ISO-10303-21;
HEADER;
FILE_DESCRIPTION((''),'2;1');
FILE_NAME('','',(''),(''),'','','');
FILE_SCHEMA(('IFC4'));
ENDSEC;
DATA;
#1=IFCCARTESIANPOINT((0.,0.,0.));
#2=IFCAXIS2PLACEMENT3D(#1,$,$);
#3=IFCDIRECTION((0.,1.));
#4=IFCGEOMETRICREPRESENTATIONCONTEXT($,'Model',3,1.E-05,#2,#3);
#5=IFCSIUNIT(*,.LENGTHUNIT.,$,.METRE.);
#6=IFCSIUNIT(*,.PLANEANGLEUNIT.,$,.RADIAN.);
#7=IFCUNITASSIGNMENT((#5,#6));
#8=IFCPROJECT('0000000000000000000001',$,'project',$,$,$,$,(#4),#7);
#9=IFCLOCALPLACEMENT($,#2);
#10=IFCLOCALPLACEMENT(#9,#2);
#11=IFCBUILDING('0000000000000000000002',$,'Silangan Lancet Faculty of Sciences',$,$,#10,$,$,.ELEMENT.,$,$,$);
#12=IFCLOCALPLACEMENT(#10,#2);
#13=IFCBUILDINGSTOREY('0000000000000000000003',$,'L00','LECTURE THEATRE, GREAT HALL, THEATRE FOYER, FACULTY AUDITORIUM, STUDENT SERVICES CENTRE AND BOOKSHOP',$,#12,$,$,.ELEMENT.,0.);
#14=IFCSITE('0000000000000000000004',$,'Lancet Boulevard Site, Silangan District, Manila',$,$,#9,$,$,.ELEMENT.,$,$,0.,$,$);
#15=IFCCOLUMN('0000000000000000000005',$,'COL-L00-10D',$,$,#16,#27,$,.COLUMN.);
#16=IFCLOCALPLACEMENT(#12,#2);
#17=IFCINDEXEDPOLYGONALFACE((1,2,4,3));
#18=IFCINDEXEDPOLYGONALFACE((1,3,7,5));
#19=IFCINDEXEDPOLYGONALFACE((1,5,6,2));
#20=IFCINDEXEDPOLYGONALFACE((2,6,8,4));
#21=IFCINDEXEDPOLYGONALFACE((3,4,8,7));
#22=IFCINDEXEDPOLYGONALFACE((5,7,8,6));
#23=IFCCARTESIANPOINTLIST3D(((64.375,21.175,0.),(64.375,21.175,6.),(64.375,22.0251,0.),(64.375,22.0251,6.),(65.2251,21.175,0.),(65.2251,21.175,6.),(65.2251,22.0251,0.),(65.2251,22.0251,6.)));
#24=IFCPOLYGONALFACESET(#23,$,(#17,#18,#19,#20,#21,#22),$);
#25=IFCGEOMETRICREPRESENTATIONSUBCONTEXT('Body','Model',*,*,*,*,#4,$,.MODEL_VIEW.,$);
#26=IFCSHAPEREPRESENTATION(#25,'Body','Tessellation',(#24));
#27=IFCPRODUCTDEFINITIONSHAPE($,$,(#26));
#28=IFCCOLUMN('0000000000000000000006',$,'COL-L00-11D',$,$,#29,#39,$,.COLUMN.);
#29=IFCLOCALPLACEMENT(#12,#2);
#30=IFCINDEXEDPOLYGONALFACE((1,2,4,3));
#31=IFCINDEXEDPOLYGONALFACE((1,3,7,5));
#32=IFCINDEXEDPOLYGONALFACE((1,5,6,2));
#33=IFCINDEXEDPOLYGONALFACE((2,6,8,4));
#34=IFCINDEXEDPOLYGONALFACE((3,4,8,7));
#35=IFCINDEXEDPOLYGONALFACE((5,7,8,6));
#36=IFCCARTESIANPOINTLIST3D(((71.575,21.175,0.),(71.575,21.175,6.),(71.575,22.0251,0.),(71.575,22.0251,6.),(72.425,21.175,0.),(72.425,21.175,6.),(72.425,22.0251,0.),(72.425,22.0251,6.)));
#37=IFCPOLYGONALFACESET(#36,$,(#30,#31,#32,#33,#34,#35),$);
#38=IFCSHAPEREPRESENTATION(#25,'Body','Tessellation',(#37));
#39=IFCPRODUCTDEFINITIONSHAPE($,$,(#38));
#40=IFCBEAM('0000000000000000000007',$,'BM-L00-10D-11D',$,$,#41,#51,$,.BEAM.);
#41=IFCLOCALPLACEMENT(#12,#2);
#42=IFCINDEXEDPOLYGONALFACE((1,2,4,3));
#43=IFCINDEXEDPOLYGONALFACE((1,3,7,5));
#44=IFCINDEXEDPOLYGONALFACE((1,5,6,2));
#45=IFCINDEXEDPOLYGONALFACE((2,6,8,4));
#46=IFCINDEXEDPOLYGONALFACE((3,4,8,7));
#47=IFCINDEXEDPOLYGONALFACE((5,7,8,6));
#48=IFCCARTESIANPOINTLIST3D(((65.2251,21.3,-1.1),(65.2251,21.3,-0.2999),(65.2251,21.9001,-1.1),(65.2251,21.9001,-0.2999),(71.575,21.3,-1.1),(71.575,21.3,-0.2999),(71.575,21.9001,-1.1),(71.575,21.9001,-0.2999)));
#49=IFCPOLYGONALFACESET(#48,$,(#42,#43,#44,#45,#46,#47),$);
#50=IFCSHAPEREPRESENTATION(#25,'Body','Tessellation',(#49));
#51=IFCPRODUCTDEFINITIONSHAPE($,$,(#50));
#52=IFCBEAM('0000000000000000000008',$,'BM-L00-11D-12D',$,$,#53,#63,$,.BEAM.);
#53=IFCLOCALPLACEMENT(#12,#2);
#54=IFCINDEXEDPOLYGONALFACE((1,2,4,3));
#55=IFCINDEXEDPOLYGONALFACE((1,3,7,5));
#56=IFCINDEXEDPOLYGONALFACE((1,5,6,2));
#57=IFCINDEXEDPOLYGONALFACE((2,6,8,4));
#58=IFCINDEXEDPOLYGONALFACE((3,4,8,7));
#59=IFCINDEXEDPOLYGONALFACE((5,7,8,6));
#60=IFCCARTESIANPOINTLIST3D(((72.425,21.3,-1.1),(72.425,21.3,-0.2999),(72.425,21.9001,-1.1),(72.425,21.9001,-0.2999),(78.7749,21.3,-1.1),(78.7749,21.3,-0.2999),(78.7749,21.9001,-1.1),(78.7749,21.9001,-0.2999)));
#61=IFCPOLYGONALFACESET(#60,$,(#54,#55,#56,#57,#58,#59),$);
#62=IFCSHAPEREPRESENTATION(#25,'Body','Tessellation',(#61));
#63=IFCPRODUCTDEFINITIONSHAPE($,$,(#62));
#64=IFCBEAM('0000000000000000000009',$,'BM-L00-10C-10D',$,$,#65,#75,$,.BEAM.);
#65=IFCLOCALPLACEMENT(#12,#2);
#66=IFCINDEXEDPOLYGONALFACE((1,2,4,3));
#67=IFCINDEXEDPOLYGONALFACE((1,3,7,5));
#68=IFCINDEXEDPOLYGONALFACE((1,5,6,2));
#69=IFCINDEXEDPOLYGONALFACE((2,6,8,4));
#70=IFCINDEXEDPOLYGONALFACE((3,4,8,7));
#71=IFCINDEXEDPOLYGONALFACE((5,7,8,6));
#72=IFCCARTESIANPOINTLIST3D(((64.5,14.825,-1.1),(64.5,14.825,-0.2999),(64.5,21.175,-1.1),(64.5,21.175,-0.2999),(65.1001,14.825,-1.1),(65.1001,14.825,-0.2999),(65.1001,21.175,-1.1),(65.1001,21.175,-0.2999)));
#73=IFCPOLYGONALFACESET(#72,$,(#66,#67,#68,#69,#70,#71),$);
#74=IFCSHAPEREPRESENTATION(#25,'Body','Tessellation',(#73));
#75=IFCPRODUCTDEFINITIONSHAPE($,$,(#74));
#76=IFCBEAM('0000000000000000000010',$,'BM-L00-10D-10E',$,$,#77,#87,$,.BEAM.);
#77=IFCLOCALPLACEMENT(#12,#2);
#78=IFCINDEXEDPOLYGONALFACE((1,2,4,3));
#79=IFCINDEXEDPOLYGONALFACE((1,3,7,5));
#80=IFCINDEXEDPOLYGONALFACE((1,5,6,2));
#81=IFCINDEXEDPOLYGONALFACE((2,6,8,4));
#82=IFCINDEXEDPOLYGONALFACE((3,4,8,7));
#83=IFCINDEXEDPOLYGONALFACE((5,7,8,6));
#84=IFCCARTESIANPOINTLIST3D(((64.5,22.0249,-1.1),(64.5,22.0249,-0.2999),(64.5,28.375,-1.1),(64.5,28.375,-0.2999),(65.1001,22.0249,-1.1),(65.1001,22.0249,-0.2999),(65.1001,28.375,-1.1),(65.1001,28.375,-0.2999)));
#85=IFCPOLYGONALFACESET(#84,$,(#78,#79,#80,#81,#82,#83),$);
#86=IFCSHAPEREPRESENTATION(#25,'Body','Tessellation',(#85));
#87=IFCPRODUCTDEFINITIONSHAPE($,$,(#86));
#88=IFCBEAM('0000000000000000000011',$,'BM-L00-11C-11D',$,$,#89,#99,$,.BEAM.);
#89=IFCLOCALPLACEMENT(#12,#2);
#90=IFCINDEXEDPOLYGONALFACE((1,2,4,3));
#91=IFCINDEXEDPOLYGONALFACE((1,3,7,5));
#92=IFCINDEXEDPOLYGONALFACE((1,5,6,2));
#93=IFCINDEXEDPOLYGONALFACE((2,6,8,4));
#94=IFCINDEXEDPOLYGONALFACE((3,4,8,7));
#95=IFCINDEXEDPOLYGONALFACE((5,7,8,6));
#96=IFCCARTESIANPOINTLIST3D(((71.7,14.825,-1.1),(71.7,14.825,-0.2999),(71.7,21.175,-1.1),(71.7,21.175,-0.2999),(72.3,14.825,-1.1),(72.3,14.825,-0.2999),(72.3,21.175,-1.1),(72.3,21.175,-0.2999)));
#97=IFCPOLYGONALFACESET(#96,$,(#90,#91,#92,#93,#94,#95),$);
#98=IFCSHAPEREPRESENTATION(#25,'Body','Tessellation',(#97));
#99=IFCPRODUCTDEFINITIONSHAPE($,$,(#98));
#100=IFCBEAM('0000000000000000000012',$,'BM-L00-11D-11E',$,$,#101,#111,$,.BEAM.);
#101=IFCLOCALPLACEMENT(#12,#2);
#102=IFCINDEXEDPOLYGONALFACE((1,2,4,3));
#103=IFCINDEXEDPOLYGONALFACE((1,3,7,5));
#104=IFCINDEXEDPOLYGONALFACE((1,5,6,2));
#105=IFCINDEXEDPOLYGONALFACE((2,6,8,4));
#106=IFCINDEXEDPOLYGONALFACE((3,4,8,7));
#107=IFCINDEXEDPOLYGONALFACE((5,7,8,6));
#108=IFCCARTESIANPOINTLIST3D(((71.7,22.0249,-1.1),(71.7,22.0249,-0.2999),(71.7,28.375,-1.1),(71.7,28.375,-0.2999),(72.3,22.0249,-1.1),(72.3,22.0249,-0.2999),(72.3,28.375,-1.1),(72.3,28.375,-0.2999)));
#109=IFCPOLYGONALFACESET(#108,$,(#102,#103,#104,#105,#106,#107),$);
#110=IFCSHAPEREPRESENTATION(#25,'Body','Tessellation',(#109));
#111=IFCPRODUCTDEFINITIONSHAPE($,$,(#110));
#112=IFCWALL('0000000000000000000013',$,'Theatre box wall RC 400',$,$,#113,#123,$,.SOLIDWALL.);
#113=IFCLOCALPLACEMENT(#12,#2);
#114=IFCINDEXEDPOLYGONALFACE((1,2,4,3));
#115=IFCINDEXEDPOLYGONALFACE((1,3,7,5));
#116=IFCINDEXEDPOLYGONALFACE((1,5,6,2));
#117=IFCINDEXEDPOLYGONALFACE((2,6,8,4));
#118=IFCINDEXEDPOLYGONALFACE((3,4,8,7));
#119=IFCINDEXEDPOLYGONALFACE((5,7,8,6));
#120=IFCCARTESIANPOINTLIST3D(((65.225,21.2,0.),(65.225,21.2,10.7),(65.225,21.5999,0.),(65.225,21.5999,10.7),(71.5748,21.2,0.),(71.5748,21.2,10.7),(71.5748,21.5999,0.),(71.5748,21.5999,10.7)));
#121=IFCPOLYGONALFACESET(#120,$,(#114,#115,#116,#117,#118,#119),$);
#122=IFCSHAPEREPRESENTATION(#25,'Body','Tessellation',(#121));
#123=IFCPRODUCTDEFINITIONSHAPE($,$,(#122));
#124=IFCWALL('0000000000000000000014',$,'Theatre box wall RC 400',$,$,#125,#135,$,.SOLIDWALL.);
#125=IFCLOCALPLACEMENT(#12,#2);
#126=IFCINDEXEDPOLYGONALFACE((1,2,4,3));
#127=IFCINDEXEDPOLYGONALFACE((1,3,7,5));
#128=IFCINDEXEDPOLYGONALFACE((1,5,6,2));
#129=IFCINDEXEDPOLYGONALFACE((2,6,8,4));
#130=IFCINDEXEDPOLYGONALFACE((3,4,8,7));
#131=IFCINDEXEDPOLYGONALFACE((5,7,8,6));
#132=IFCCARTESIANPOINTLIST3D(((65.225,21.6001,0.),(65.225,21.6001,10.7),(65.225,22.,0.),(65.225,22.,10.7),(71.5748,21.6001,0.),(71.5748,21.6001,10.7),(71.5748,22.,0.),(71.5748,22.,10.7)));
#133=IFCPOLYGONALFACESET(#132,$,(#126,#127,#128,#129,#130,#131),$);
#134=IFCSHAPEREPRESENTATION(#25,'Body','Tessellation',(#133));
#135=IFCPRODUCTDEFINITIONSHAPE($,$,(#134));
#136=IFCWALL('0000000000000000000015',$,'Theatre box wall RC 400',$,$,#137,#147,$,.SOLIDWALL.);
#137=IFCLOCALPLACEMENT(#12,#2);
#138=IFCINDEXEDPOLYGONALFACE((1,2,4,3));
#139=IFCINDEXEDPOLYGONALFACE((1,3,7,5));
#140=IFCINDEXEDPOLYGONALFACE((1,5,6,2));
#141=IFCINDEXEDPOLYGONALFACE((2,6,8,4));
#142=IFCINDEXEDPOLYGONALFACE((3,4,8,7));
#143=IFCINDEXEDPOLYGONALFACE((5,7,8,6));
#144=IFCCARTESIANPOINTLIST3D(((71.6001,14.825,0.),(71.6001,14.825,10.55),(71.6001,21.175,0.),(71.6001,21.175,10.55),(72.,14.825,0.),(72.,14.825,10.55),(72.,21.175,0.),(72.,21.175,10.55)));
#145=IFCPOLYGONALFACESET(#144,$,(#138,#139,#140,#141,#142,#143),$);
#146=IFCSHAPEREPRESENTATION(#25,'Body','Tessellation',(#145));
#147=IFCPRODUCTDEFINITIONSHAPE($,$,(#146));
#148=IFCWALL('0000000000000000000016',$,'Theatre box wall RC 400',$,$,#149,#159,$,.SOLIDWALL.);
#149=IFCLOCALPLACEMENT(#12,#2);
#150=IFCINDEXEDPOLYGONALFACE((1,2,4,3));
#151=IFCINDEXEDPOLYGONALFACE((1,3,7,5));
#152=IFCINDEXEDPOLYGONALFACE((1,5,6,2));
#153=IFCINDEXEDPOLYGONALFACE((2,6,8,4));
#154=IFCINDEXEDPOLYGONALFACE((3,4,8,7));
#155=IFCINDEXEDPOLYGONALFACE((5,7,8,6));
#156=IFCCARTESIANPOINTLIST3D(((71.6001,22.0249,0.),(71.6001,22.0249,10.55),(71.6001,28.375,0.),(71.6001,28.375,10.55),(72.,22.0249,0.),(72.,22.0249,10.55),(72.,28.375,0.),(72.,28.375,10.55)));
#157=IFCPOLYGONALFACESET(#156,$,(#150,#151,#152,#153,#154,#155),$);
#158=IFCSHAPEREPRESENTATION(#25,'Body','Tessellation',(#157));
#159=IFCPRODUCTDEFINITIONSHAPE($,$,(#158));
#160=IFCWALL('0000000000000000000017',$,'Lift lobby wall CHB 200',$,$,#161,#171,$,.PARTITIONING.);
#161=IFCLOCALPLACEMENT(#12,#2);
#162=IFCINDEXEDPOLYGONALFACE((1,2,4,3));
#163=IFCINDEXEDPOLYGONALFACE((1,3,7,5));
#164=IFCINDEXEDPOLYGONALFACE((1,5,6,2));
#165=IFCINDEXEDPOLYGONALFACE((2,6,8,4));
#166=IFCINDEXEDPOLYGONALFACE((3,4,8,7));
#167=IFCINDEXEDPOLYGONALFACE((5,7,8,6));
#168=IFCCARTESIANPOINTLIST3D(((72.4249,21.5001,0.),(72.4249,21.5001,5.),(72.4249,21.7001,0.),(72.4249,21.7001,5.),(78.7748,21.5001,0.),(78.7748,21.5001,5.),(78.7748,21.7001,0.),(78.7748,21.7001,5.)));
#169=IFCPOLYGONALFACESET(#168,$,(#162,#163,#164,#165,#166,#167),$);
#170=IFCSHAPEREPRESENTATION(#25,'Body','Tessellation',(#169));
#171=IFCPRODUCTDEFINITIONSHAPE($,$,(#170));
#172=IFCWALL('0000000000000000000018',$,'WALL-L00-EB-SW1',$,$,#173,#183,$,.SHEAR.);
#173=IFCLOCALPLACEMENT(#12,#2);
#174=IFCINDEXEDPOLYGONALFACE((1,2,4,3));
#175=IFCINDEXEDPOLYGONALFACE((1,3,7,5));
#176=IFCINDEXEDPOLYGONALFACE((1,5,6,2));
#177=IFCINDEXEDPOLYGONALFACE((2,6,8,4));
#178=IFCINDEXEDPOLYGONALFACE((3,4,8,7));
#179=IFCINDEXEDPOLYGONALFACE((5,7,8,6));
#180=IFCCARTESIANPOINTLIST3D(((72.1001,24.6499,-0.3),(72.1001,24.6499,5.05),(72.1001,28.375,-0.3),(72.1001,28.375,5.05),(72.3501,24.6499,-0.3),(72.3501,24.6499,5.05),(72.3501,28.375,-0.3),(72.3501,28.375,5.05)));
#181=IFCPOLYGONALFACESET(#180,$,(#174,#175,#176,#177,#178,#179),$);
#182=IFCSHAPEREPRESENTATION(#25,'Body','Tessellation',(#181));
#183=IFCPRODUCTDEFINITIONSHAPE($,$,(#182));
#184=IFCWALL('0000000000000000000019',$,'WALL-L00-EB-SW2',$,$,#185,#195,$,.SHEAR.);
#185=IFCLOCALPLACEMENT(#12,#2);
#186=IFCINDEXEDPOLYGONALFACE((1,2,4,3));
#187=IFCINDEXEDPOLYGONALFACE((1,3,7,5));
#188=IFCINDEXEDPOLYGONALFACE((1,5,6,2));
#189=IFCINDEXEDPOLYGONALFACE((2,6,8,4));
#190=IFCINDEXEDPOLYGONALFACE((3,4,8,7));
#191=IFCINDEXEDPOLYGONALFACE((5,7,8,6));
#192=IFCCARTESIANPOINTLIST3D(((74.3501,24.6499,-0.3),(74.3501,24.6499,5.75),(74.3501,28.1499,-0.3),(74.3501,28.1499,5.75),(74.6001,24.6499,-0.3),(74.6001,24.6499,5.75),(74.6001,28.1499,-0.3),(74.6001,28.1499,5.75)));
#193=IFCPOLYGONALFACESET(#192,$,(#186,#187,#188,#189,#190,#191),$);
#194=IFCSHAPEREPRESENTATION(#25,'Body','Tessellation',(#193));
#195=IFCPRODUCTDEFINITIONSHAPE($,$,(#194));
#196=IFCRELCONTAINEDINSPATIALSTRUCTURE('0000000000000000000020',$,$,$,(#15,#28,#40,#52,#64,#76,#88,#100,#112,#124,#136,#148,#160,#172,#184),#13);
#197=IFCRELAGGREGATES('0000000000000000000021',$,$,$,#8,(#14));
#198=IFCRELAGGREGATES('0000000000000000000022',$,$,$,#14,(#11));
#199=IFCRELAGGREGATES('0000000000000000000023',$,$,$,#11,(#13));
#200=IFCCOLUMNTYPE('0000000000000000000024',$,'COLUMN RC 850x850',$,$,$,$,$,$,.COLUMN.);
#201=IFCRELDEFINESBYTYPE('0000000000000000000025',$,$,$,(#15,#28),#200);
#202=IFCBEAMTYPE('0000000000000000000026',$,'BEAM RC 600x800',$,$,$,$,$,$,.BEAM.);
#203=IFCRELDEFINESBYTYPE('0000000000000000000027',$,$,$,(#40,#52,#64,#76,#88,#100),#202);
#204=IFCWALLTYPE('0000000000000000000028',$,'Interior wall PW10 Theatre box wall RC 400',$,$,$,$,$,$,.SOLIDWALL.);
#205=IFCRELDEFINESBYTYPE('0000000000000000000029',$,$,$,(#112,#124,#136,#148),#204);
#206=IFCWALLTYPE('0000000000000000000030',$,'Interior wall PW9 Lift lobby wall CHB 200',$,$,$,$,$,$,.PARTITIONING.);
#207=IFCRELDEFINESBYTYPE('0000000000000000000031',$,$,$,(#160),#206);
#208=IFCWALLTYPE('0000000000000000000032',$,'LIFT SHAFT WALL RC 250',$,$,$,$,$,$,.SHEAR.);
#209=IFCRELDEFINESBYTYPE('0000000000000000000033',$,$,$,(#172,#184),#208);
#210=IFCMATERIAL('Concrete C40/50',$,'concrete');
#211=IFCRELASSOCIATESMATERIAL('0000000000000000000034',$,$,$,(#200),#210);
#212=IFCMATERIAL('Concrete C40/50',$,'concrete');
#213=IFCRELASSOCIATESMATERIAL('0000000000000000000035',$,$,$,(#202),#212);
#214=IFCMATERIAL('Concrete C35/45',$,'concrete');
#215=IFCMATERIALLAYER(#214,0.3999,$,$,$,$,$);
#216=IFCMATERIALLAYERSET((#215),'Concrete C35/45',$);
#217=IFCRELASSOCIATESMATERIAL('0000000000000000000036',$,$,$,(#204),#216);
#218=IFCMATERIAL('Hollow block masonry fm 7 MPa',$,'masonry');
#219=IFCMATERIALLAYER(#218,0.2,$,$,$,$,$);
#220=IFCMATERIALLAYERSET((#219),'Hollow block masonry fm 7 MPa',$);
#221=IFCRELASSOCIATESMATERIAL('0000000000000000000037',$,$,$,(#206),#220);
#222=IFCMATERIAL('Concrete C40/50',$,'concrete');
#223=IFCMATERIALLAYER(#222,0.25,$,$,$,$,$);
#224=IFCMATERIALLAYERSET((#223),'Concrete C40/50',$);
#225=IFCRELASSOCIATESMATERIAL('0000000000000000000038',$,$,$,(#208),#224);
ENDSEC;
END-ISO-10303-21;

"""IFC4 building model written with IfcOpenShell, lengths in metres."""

from ifc_helpers import new_model, si_unit, direction, frame, frame_2d, origin, origin_2d, place, context, subcontext, project, spatial, rectangle, extrude, material, layer, layer_set, material_profile, profile_set, type_object, element, save


model = new_model("IFC4")

# Units and contexts
model_context = context("Model", 3, precision=1e-05, world=origin(), true_north=direction((0.0, 1.0)))
body_context = subcontext(model_context, "Body", "Model", "MODEL_VIEW")
ifc_project = project(units=[si_unit("LENGTHUNIT", "METRE"), si_unit("PLANEANGLEUNIT", "RADIAN")], contexts=[model_context])

# Site, building, storey
site_placement = place(None, origin())
site = spatial("IfcSite", under=ifc_project, at=site_placement, Name="Lancet Boulevard Site, Silangan District, Manila", CompositionType="ELEMENT", RefElevation=0.0)
building_placement = place(site_placement, origin())
building = spatial("IfcBuilding", under=site, at=building_placement, Name="Silangan Lancet Faculty of Sciences", CompositionType="ELEMENT")
storey_placement = place(building_placement, origin())
storey = spatial("IfcBuildingStorey", under=building, at=storey_placement, Name="L00", Description="LECTURE THEATRE, GREAT HALL, THEATRE FOYER, FACULTY AUDITORIUM, STUDENT SERVICES CENTRE AND BOOKSHOP", CompositionType="ELEMENT", Elevation=0.0)

# Columns
ifc_material_1 = material(Name="Concrete C40/50", Category="concrete")
ifc_material_profile_1 = material_profile(ifc_material_1, rectangle(XDim=0.8501, YDim=0.8501, at=origin_2d()), Name="RC 850x850")
ifc_profile_set_1 = profile_set([ifc_material_profile_1], Name="Concrete C40/50")
column_type = type_object("IfcColumnType", Name="COLUMN RC 850x850", PredefinedType="COLUMN", material=ifc_profile_set_1)
for number, where, z_axis, x_axis, name in (
    (1, (64.8, 21.6001, 0.0), (0.0, 0.0, 1.0), (1.0, 0.0, 0.0), "COL-L00-10D"),
    (2, (72.0, 21.6001, 0.0), (0.0, 0.0, 1.0), (1.0, 0.0, 0.0), "COL-L00-11D"),
):
    element("IfcColumn", number, at=place(storey_placement, frame(where, z_axis=z_axis, x_axis=x_axis)), inside=storey, type_object=column_type, Name=name, PredefinedType="COLUMN", context=body_context, shape_type="SweptSolid", body=[
        extrude(rectangle(XDim=0.8501, YDim=0.8501, at=origin_2d()), origin(), (0.0, 0.0, 1.0), 6.0),
    ])

# Beams
ifc_material_2 = material(Name="Concrete C40/50", Category="concrete")
ifc_material_profile_2 = material_profile(ifc_material_2, rectangle(XDim=0.6001, YDim=0.8, at=origin_2d()), Name="RC 600x800")
ifc_profile_set_2 = profile_set([ifc_material_profile_2], Name="Concrete C40/50")
beam_type = type_object("IfcBeamType", Name="BEAM RC 600x800", PredefinedType="BEAM", material=ifc_profile_set_2)
for number, where, z_axis, x_axis, name in (
    (3, (65.2251, 21.6001, -0.7), (1.0, 0.0, 0.0), (0.0, 1.0, 0.0), "BM-L00-10D-11D"),
    (4, (72.425, 21.6001, -0.7), (1.0, 0.0, 0.0), (0.0, 1.0, 0.0), "BM-L00-11D-12D"),
):
    element("IfcBeam", number, at=place(storey_placement, frame(where, z_axis=z_axis, x_axis=x_axis)), inside=storey, type_object=beam_type, Name=name, PredefinedType="BEAM", context=body_context, shape_type="SweptSolid", body=[
        extrude(rectangle(XDim=0.6001, YDim=0.8, at=origin_2d()), origin(), (0.0, 0.0, 1.0), 6.3499),
    ])
for number, where, z_axis, x_axis, name in (
    (5, (64.8, 14.825, -0.7), (0.0, 1.0, 0.0), (-1.0, 0.0, 0.0), "BM-L00-10C-10D"),
    (6, (64.8, 22.0249, -0.7), (0.0, 1.0, 0.0), (-1.0, 0.0, 0.0), "BM-L00-10D-10E"),
    (7, (72.0, 14.825, -0.7), (0.0, 1.0, 0.0), (-1.0, 0.0, 0.0), "BM-L00-11C-11D"),
    (8, (72.0, 22.0249, -0.7), (0.0, 1.0, 0.0), (-1.0, 0.0, 0.0), "BM-L00-11D-11E"),
):
    element("IfcBeam", number, at=place(storey_placement, frame(where, z_axis=z_axis, x_axis=x_axis)), inside=storey, type_object=beam_type, Name=name, PredefinedType="BEAM", context=body_context, shape_type="SweptSolid", body=[
        extrude(rectangle(XDim=0.6001, YDim=0.8, at=origin_2d()), origin(), (0.0, 0.0, 1.0), 6.3501),
    ])

# Walls
ifc_material_3 = material(Name="Concrete C35/45", Category="concrete")
ifc_layer_1 = layer(ifc_material_3, 0.3999)
ifc_layer_set_1 = layer_set([ifc_layer_1], Name="Concrete C35/45")
wall_type_1 = type_object("IfcWallType", Name="Interior wall PW10 Theatre box wall RC 400", PredefinedType="SOLIDWALL", material=ifc_layer_set_1)
for number, where, z_axis, x_axis, name in (
    (9, (65.2251, 21.3999, 0.0), (0.0, 0.0, 1.0), (1.0, 0.0, 0.0), "Theatre box wall RC 400"),
    (10, (65.2251, 21.8, 0.0), (0.0, 0.0, 1.0), (1.0, 0.0, 0.0), "Theatre box wall RC 400"),
):
    element("IfcWall", number, at=place(storey_placement, frame(where, z_axis=z_axis, x_axis=x_axis)), inside=storey, type_object=wall_type_1, Name=name, PredefinedType="SOLIDWALL", context=body_context, shape_type="SweptSolid", body=[
        extrude(rectangle(XDim=6.3499, YDim=0.3999, at=frame_2d((3.1748, 0.0))), origin(), (0.0, 0.0, 1.0), 10.7),
    ])
for number, where, z_axis, x_axis, name in (
    (11, (71.8, 14.825, 0.0), (0.0, 0.0, 1.0), (0.0, 1.0, 0.0), "Theatre box wall RC 400"),
    (12, (71.8, 22.0249, 0.0), (0.0, 0.0, 1.0), (0.0, 1.0, 0.0), "Theatre box wall RC 400"),
):
    element("IfcWall", number, at=place(storey_placement, frame(where, z_axis=z_axis, x_axis=x_axis)), inside=storey, type_object=wall_type_1, Name=name, PredefinedType="SOLIDWALL", context=body_context, shape_type="SweptSolid", body=[
        extrude(rectangle(XDim=6.3501, YDim=0.3999, at=frame_2d((3.175, 0.0))), origin(), (0.0, 0.0, 1.0), 10.55),
    ])
ifc_material_4 = material(Name="Hollow block masonry fm 7 MPa", Category="masonry")
ifc_layer_2 = layer(ifc_material_4, 0.2)
ifc_layer_set_2 = layer_set([ifc_layer_2], Name="Hollow block masonry fm 7 MPa")
wall_type_2 = type_object("IfcWallType", Name="Interior wall PW9 Lift lobby wall CHB 200", PredefinedType="PARTITIONING", material=ifc_layer_set_2)
wall_1_placement = place(storey_placement, frame((72.425, 21.6001, 0.0), z_axis=(0.0, 0.0, 1.0), x_axis=(1.0, 0.0, 0.0)))
element("IfcWall", 13, at=wall_1_placement, inside=storey, type_object=wall_type_2, Name="Lift lobby wall CHB 200", PredefinedType="PARTITIONING", context=body_context, shape_type="SweptSolid", body=[
    extrude(rectangle(XDim=6.3499, YDim=0.2, at=frame_2d((3.1748, 0.0))), origin(), (0.0, 0.0, 1.0), 5.0),
])
ifc_material_5 = material(Name="Concrete C40/50", Category="concrete")
ifc_layer_3 = layer(ifc_material_5, 0.25)
ifc_layer_set_3 = layer_set([ifc_layer_3], Name="Concrete C40/50")
wall_type_3 = type_object("IfcWallType", Name="LIFT SHAFT WALL RC 250", PredefinedType="SHEAR", material=ifc_layer_set_3)
wall_2_placement = place(storey_placement, frame((72.2251, 24.6499, -0.3), z_axis=(0.0, 0.0, 1.0), x_axis=(0.0, 1.0, 0.0)))
element("IfcWall", 14, at=wall_2_placement, inside=storey, type_object=wall_type_3, Name="WALL-L00-EB-SW1", PredefinedType="SHEAR", context=body_context, shape_type="SweptSolid", body=[
    extrude(rectangle(XDim=3.7251, YDim=0.25, at=frame_2d((1.8625, 0.0))), origin(), (0.0, 0.0, 1.0), 5.3501),
])
wall_3_placement = place(storey_placement, frame((74.4751, 24.6499, -0.3), z_axis=(0.0, 0.0, 1.0), x_axis=(0.0, 1.0, 0.0)))
element("IfcWall", 15, at=wall_3_placement, inside=storey, type_object=wall_type_3, Name="WALL-L00-EB-SW2", PredefinedType="SHEAR", context=body_context, shape_type="SweptSolid", body=[
    extrude(rectangle(XDim=3.5, YDim=0.25, at=frame_2d((1.75, 0.0))), origin(), (0.0, 0.0, 1.0), 6.05),
])

save(model, "model.ifc")
